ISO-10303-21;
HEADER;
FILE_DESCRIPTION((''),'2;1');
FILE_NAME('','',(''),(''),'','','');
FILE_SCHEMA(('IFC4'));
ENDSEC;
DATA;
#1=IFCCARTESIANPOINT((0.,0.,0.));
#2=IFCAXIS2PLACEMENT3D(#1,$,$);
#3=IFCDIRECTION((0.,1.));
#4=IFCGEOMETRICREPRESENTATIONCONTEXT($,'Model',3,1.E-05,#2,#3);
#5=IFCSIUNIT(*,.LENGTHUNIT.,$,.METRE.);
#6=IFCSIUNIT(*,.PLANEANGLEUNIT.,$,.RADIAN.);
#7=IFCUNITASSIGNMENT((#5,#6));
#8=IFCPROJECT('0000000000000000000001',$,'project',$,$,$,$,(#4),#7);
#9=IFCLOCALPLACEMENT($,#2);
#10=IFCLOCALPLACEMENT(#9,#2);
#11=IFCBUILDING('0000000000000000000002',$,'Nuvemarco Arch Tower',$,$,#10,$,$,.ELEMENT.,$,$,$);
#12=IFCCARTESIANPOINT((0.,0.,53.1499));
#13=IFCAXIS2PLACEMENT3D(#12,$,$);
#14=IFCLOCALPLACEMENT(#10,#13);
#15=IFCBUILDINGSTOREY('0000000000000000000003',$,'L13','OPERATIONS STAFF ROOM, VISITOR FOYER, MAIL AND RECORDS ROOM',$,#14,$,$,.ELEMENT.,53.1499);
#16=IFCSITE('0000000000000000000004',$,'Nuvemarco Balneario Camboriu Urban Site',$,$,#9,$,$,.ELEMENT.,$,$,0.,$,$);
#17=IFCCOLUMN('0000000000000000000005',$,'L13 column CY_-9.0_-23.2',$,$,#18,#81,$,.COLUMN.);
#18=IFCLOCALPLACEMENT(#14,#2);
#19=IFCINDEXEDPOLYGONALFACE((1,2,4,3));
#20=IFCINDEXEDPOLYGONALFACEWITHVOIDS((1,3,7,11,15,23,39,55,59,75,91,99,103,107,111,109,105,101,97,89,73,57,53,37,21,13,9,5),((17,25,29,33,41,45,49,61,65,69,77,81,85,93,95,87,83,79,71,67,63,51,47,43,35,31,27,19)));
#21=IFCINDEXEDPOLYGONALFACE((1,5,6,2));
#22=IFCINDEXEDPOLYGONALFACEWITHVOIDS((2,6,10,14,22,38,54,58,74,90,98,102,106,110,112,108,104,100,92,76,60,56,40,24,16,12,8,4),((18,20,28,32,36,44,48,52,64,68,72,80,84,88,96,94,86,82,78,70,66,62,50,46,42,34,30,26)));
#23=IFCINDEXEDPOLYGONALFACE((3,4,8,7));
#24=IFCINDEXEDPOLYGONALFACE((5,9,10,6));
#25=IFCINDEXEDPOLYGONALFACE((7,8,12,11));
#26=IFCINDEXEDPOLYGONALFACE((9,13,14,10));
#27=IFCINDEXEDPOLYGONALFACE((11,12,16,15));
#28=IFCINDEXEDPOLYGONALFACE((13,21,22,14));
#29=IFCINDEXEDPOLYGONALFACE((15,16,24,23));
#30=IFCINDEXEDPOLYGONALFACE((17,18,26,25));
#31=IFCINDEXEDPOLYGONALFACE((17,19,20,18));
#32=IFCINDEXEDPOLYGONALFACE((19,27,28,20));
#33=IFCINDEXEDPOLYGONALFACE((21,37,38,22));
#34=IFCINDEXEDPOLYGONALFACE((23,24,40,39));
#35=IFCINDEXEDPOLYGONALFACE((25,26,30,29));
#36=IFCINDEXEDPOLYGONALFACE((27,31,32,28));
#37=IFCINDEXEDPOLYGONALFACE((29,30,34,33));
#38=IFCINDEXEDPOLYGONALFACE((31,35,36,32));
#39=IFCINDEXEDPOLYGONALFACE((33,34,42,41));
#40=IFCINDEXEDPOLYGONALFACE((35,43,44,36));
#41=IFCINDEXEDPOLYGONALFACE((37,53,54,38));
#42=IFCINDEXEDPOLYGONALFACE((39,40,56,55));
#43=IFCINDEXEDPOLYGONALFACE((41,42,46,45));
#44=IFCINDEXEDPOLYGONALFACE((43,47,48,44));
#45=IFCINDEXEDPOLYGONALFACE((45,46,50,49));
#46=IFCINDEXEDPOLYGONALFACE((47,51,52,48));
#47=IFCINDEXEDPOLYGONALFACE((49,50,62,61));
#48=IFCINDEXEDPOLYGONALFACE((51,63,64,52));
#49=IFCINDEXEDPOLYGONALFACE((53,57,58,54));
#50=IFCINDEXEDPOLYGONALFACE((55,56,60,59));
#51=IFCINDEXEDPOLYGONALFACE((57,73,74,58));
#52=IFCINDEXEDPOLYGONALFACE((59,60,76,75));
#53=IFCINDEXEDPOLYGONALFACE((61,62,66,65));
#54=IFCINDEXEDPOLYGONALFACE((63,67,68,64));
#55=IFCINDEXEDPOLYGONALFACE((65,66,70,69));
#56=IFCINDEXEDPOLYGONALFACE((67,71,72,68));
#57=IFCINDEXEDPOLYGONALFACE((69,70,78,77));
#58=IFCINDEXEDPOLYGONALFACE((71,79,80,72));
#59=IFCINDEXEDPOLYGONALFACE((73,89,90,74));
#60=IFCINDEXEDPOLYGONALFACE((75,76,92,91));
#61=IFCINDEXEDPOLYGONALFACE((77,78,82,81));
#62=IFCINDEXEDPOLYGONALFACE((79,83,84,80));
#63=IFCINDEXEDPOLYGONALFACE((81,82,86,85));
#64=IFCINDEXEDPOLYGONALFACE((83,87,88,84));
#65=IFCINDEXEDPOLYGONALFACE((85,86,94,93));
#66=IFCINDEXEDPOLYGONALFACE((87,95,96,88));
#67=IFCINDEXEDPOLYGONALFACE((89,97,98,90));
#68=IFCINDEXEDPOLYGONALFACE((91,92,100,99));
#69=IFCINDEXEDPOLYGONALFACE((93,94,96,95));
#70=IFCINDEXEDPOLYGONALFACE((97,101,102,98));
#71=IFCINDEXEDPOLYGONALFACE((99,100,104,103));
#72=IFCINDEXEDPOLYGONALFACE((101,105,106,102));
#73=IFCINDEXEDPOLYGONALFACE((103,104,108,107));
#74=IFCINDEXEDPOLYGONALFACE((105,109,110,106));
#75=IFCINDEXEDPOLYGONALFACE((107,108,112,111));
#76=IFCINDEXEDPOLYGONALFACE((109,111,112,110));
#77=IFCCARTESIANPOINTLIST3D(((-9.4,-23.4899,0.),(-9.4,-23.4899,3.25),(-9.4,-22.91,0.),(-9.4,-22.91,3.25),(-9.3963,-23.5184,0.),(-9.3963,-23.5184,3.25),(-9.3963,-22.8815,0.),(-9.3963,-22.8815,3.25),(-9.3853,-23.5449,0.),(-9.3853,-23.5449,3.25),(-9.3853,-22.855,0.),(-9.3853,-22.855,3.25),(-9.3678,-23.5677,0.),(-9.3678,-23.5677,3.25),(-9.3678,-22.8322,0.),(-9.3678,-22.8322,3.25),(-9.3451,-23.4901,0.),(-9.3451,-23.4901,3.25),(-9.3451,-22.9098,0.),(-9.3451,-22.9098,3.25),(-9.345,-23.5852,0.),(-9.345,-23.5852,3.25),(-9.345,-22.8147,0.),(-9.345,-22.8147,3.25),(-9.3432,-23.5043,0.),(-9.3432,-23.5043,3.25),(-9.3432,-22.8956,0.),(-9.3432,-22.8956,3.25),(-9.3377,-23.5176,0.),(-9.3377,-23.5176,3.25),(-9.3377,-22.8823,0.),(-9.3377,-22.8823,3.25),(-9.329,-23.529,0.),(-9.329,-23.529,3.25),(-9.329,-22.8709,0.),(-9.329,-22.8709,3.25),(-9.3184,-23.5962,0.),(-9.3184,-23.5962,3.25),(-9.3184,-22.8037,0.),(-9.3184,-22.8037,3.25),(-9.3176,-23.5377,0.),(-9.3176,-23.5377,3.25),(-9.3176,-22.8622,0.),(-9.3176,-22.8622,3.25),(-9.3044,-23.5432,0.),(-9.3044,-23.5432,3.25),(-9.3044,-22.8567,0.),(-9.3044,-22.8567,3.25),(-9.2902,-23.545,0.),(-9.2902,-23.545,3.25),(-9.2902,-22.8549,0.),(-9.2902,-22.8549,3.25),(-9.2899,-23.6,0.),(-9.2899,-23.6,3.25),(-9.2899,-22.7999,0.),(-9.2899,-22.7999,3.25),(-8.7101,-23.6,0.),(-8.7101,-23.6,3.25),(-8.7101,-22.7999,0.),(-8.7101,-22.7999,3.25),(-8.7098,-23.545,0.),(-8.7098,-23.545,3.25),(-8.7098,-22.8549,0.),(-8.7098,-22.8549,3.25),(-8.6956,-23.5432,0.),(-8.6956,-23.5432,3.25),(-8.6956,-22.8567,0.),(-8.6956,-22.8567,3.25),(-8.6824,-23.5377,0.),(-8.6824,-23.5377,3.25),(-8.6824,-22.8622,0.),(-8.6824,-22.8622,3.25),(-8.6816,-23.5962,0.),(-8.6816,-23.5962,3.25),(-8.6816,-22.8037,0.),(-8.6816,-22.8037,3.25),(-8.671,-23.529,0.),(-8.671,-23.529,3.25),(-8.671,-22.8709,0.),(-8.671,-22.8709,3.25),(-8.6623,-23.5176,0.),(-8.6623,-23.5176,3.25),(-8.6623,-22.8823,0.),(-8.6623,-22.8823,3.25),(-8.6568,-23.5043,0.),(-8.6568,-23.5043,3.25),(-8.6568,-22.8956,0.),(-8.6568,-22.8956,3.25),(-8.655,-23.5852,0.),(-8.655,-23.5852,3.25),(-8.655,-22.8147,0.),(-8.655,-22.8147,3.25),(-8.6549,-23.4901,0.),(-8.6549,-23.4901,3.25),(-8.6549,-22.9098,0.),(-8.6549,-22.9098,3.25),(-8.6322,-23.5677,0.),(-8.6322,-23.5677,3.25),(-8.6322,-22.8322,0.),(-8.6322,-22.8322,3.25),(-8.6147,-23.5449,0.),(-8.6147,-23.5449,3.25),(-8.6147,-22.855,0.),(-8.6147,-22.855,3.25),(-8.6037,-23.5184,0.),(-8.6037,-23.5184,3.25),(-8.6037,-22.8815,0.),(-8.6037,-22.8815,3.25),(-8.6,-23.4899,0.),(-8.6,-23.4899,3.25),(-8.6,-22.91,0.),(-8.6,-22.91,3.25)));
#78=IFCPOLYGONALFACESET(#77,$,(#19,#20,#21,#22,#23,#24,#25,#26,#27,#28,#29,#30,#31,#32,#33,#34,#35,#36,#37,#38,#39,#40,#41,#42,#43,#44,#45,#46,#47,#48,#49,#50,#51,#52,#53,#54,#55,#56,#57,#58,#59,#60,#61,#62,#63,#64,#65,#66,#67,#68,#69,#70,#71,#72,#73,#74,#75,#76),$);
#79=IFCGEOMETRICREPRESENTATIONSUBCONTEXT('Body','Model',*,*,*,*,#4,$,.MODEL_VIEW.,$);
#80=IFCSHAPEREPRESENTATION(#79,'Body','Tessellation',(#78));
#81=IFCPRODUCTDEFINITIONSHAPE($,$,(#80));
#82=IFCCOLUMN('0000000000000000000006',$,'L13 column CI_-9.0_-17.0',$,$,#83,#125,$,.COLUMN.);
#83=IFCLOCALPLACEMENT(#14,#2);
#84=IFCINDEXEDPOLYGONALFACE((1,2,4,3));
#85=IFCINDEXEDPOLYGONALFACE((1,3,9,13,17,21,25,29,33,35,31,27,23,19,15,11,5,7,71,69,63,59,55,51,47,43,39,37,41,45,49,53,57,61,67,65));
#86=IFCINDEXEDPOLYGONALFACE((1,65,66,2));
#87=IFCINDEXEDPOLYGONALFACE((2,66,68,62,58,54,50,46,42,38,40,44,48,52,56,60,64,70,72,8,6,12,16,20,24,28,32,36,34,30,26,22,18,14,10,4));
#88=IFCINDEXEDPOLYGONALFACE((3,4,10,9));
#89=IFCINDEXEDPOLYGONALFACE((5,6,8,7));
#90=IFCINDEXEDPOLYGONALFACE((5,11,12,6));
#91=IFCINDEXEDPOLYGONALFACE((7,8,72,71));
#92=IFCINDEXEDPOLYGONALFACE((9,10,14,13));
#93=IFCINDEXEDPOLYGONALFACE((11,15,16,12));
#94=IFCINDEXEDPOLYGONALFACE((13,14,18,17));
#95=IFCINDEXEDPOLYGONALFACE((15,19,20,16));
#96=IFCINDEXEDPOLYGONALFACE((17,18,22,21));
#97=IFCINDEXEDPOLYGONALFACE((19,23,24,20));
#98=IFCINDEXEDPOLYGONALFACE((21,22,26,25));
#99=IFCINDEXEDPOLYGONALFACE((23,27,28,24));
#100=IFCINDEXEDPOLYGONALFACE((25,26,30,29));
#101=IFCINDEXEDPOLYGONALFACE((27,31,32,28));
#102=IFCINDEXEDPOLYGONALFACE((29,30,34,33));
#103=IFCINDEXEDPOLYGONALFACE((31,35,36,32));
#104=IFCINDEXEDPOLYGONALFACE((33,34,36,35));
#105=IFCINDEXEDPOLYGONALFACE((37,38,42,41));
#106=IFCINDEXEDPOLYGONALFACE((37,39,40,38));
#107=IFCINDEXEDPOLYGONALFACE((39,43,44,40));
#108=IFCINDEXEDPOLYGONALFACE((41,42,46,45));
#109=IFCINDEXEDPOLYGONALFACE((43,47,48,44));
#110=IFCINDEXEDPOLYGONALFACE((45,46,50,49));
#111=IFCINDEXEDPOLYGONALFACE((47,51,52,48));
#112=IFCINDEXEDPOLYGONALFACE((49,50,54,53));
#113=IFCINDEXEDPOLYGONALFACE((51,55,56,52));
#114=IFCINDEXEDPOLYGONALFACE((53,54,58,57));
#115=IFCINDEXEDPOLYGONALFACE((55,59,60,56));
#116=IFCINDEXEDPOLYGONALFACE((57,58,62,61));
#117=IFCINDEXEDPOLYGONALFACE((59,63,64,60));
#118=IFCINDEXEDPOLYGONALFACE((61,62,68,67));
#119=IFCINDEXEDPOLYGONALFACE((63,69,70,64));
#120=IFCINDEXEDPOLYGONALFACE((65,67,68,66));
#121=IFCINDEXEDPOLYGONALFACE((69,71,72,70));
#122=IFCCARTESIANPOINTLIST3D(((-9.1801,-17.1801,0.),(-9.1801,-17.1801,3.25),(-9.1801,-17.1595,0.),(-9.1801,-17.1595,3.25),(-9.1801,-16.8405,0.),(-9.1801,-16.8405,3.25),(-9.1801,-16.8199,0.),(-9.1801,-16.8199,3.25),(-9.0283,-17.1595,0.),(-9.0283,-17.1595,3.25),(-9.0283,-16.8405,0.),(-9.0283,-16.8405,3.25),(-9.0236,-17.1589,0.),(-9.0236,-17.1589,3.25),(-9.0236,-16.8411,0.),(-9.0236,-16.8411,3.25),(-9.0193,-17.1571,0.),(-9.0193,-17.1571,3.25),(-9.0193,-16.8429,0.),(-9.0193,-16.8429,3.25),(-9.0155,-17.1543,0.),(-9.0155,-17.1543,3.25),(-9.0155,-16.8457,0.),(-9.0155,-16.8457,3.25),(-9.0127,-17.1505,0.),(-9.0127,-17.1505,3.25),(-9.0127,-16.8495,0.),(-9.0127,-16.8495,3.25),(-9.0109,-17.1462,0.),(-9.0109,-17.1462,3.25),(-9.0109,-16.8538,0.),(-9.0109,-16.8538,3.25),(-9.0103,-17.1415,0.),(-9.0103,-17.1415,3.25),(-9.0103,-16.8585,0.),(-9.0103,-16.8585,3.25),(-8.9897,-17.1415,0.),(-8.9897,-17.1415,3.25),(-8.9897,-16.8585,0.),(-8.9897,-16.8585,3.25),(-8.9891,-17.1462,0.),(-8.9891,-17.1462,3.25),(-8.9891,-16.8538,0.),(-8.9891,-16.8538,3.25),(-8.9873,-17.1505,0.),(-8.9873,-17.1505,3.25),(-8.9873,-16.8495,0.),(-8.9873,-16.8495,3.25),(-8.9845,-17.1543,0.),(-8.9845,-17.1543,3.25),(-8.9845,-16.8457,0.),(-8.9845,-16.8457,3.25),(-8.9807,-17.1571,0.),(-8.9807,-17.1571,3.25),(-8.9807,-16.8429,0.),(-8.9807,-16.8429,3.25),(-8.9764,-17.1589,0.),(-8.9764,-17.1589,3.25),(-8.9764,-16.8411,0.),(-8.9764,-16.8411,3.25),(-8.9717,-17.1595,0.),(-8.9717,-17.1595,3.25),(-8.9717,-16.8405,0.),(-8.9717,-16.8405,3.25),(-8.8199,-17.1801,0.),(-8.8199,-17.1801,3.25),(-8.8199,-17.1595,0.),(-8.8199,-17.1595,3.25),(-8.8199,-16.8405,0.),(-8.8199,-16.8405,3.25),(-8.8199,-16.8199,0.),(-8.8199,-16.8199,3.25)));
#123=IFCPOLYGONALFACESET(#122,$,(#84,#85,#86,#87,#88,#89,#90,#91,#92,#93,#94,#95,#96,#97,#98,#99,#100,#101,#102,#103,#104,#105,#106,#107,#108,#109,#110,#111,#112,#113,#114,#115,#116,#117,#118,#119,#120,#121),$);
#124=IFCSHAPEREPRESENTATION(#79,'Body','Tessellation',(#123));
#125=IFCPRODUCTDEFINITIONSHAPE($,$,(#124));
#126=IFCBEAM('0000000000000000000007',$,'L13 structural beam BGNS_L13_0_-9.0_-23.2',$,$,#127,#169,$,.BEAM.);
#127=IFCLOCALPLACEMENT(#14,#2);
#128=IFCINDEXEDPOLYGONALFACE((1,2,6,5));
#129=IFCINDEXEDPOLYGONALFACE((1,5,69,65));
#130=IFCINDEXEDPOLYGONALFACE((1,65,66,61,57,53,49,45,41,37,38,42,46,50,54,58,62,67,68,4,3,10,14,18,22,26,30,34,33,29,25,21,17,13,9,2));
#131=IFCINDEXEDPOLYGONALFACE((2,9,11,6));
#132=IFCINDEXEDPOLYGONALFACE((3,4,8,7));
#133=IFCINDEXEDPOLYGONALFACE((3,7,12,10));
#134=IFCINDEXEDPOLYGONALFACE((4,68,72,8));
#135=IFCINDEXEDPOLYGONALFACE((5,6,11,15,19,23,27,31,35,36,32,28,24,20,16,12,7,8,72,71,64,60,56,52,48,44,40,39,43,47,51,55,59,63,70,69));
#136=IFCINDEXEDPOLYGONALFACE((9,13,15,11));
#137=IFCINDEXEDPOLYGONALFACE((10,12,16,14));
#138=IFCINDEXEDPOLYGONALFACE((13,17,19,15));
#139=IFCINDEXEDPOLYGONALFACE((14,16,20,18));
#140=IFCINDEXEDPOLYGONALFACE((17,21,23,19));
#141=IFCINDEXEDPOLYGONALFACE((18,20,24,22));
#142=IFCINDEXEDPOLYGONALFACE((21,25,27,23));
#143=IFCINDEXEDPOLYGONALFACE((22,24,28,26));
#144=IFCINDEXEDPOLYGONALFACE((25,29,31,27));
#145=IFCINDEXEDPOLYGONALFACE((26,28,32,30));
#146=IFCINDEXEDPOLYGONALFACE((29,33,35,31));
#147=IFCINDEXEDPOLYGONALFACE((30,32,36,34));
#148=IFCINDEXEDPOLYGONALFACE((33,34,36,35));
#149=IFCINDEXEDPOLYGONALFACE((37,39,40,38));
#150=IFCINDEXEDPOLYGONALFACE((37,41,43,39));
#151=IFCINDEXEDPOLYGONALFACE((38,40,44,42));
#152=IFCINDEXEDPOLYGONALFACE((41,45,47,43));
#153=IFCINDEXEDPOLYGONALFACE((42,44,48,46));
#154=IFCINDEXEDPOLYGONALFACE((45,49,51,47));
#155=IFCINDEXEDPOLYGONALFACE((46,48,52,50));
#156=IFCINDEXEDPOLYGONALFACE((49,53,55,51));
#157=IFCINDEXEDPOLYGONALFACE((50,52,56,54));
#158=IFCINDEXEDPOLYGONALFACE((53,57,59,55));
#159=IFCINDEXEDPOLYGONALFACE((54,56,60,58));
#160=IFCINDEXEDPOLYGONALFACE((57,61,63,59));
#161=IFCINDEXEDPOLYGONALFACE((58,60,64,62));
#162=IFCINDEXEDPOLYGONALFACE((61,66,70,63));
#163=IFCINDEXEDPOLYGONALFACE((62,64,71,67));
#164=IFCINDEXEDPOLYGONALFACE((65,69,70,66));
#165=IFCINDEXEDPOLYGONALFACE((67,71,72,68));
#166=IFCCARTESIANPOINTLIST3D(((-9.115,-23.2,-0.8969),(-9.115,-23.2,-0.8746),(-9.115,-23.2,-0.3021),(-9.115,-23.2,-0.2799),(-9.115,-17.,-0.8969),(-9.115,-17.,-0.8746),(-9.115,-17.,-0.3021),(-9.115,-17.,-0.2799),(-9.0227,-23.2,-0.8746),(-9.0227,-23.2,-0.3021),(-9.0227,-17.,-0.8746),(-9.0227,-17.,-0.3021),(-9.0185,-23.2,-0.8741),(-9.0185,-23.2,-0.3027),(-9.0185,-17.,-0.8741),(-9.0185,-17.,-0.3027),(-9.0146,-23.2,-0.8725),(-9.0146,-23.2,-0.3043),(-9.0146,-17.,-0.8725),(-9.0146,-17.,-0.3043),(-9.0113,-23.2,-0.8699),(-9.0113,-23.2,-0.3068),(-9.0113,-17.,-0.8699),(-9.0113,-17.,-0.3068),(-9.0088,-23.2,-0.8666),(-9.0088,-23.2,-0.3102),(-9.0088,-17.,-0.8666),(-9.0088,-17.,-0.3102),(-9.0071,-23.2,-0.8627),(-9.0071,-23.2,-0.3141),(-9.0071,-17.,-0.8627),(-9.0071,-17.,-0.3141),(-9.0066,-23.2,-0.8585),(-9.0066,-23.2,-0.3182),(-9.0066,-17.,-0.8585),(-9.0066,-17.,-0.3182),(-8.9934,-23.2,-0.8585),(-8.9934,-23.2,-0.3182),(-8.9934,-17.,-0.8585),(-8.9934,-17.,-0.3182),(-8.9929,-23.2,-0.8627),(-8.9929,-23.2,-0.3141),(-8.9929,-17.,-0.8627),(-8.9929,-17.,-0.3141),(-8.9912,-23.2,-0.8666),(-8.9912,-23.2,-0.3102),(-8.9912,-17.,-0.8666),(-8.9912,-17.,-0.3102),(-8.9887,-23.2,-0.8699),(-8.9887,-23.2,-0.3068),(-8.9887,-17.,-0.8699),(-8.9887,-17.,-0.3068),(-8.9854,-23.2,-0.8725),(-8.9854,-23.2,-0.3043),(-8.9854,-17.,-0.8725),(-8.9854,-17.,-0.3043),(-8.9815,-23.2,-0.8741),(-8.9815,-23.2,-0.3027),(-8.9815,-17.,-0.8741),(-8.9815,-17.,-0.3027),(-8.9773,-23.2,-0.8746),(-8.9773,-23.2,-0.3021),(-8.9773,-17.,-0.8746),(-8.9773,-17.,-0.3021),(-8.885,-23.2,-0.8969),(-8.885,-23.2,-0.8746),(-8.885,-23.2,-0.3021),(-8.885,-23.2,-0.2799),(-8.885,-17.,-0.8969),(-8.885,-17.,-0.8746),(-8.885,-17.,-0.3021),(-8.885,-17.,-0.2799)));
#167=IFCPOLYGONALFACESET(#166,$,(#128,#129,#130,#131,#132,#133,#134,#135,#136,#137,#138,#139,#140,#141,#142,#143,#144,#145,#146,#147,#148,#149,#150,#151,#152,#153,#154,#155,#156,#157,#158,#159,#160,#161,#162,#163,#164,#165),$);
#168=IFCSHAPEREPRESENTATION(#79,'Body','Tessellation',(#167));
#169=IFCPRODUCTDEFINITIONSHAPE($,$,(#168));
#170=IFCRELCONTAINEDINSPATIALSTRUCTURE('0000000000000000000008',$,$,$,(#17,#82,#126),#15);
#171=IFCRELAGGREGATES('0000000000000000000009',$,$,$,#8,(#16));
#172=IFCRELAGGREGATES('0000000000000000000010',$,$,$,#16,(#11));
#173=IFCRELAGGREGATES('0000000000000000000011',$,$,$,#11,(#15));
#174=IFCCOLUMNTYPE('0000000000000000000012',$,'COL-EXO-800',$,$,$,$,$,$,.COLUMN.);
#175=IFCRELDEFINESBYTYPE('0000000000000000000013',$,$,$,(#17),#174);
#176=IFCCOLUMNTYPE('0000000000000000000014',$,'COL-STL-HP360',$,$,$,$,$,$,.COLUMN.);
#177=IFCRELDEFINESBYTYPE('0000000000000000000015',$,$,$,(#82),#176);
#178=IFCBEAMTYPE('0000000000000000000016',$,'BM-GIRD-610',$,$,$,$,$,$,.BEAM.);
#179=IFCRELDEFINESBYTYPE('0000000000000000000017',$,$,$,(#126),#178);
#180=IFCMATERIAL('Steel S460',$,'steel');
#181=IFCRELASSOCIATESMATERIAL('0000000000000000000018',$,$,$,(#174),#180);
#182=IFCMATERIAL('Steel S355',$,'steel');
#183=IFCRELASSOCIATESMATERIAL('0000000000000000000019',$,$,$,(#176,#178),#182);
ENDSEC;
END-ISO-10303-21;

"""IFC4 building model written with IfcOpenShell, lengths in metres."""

from ifc_helpers import new_model, si_unit, direction, frame, origin, origin_2d, place, context, subcontext, project, spatial, hollow_rectangle, i_section, extrude, material, material_profile, profile_set, type_object, element, save


model = new_model("IFC4")

# Units and contexts
model_context = context("Model", 3, precision=1e-05, world=origin(), true_north=direction((0.0, 1.0)))
body_context = subcontext(model_context, "Body", "Model", "MODEL_VIEW")
ifc_project = project(units=[si_unit("LENGTHUNIT", "METRE"), si_unit("PLANEANGLEUNIT", "RADIAN")], contexts=[model_context])

# Site, building, storey
site_placement = place(None, origin())
site = spatial("IfcSite", under=ifc_project, at=site_placement, Name="Nuvemarco Balneario Camboriu Urban Site", CompositionType="ELEMENT", RefElevation=0.0)
building_placement = place(site_placement, origin())
building = spatial("IfcBuilding", under=site, at=building_placement, Name="Nuvemarco Arch Tower", CompositionType="ELEMENT")
storey_placement = place(building_placement, frame((0.0, 0.0, 53.1499)))
storey = spatial("IfcBuildingStorey", under=building, at=storey_placement, Name="L13", Description="OPERATIONS STAFF ROOM, VISITOR FOYER, MAIL AND RECORDS ROOM", CompositionType="ELEMENT", Elevation=53.1499)

# Columns
ifc_material_1 = material(Name="Steel S460", Category="steel")
ifc_material_profile_1 = material_profile(ifc_material_1, hollow_rectangle(XDim=0.8, YDim=0.8, WallThickness=0.0549, InnerFilletRadius=0.0549, OuterFilletRadius=0.1101, at=origin_2d()), Name="SHS800x800x55")
ifc_profile_set_1 = profile_set([ifc_material_profile_1], Name="Steel S460")
column_type_1 = type_object("IfcColumnType", Name="COL-EXO-800", PredefinedType="COLUMN", material=ifc_profile_set_1)
column_1_placement = place(storey_placement, frame((-9.0, -23.2, 0.0), z_axis=(0.0, 0.0, 1.0), x_axis=(1.0, 0.0, 0.0)))
element("IfcColumn", 1, at=column_1_placement, inside=storey, type_object=column_type_1, Name="L13 column CY_-9.0_-23.2", PredefinedType="COLUMN", context=body_context, shape_type="SweptSolid", body=[
    extrude(hollow_rectangle(XDim=0.8, YDim=0.8, WallThickness=0.0549, InnerFilletRadius=0.0549, OuterFilletRadius=0.1101, at=origin_2d()), origin(), (0.0, 0.0, 1.0), 3.25),
])
ifc_material_2 = material(Name="Steel S355", Category="steel")
ifc_material_profile_2 = material_profile(ifc_material_2, i_section(OverallWidth=0.3601, OverallDepth=0.3601, WebThickness=0.0205, FlangeThickness=0.0205, FilletRadius=0.0181, at=origin_2d()), Name="HP360x174")
ifc_profile_set_2 = profile_set([ifc_material_profile_2], Name="Steel S355")
column_type_2 = type_object("IfcColumnType", Name="COL-STL-HP360", PredefinedType="COLUMN", material=ifc_profile_set_2)
column_2_placement = place(storey_placement, frame((-9.0, -17.0, 0.0), z_axis=(0.0, 0.0, 1.0), x_axis=(1.0, 0.0, 0.0)))
element("IfcColumn", 2, at=column_2_placement, inside=storey, type_object=column_type_2, Name="L13 column CI_-9.0_-17.0", PredefinedType="COLUMN", context=body_context, shape_type="SweptSolid", body=[
    extrude(i_section(OverallWidth=0.3601, OverallDepth=0.3601, WebThickness=0.0205, FlangeThickness=0.0205, FilletRadius=0.0181, at=origin_2d()), origin(), (0.0, 0.0, 1.0), 3.25),
])

# Beam
ifc_material_profile_3 = material_profile(ifc_material_2, i_section(OverallWidth=0.23, OverallDepth=0.6169, WebThickness=0.0132, FlangeThickness=0.0222, FilletRadius=0.0161, at=origin_2d()), Name="W610x140")
ifc_profile_set_3 = profile_set([ifc_material_profile_3], Name="Steel S355")
beam_type_1 = type_object("IfcBeamType", Name="BM-GIRD-610", PredefinedType="BEAM", material=ifc_profile_set_3)
beam_1_placement = place(storey_placement, frame((-9.0, -23.2, -0.5884), z_axis=(0.0, 1.0, 0.0), x_axis=(-1.0, 0.0, 0.0)))
element("IfcBeam", 3, at=beam_1_placement, inside=storey, type_object=beam_type_1, Name="L13 structural beam BGNS_L13_0_-9.0_-23.2", PredefinedType="BEAM", context=body_context, shape_type="SweptSolid", body=[
    extrude(i_section(OverallWidth=0.23, OverallDepth=0.6169, WebThickness=0.0132, FlangeThickness=0.0222, FilletRadius=0.0161, at=origin_2d()), origin(), (0.0, 0.0, 1.0), 6.2),
])

save(model, "model.ifc")
